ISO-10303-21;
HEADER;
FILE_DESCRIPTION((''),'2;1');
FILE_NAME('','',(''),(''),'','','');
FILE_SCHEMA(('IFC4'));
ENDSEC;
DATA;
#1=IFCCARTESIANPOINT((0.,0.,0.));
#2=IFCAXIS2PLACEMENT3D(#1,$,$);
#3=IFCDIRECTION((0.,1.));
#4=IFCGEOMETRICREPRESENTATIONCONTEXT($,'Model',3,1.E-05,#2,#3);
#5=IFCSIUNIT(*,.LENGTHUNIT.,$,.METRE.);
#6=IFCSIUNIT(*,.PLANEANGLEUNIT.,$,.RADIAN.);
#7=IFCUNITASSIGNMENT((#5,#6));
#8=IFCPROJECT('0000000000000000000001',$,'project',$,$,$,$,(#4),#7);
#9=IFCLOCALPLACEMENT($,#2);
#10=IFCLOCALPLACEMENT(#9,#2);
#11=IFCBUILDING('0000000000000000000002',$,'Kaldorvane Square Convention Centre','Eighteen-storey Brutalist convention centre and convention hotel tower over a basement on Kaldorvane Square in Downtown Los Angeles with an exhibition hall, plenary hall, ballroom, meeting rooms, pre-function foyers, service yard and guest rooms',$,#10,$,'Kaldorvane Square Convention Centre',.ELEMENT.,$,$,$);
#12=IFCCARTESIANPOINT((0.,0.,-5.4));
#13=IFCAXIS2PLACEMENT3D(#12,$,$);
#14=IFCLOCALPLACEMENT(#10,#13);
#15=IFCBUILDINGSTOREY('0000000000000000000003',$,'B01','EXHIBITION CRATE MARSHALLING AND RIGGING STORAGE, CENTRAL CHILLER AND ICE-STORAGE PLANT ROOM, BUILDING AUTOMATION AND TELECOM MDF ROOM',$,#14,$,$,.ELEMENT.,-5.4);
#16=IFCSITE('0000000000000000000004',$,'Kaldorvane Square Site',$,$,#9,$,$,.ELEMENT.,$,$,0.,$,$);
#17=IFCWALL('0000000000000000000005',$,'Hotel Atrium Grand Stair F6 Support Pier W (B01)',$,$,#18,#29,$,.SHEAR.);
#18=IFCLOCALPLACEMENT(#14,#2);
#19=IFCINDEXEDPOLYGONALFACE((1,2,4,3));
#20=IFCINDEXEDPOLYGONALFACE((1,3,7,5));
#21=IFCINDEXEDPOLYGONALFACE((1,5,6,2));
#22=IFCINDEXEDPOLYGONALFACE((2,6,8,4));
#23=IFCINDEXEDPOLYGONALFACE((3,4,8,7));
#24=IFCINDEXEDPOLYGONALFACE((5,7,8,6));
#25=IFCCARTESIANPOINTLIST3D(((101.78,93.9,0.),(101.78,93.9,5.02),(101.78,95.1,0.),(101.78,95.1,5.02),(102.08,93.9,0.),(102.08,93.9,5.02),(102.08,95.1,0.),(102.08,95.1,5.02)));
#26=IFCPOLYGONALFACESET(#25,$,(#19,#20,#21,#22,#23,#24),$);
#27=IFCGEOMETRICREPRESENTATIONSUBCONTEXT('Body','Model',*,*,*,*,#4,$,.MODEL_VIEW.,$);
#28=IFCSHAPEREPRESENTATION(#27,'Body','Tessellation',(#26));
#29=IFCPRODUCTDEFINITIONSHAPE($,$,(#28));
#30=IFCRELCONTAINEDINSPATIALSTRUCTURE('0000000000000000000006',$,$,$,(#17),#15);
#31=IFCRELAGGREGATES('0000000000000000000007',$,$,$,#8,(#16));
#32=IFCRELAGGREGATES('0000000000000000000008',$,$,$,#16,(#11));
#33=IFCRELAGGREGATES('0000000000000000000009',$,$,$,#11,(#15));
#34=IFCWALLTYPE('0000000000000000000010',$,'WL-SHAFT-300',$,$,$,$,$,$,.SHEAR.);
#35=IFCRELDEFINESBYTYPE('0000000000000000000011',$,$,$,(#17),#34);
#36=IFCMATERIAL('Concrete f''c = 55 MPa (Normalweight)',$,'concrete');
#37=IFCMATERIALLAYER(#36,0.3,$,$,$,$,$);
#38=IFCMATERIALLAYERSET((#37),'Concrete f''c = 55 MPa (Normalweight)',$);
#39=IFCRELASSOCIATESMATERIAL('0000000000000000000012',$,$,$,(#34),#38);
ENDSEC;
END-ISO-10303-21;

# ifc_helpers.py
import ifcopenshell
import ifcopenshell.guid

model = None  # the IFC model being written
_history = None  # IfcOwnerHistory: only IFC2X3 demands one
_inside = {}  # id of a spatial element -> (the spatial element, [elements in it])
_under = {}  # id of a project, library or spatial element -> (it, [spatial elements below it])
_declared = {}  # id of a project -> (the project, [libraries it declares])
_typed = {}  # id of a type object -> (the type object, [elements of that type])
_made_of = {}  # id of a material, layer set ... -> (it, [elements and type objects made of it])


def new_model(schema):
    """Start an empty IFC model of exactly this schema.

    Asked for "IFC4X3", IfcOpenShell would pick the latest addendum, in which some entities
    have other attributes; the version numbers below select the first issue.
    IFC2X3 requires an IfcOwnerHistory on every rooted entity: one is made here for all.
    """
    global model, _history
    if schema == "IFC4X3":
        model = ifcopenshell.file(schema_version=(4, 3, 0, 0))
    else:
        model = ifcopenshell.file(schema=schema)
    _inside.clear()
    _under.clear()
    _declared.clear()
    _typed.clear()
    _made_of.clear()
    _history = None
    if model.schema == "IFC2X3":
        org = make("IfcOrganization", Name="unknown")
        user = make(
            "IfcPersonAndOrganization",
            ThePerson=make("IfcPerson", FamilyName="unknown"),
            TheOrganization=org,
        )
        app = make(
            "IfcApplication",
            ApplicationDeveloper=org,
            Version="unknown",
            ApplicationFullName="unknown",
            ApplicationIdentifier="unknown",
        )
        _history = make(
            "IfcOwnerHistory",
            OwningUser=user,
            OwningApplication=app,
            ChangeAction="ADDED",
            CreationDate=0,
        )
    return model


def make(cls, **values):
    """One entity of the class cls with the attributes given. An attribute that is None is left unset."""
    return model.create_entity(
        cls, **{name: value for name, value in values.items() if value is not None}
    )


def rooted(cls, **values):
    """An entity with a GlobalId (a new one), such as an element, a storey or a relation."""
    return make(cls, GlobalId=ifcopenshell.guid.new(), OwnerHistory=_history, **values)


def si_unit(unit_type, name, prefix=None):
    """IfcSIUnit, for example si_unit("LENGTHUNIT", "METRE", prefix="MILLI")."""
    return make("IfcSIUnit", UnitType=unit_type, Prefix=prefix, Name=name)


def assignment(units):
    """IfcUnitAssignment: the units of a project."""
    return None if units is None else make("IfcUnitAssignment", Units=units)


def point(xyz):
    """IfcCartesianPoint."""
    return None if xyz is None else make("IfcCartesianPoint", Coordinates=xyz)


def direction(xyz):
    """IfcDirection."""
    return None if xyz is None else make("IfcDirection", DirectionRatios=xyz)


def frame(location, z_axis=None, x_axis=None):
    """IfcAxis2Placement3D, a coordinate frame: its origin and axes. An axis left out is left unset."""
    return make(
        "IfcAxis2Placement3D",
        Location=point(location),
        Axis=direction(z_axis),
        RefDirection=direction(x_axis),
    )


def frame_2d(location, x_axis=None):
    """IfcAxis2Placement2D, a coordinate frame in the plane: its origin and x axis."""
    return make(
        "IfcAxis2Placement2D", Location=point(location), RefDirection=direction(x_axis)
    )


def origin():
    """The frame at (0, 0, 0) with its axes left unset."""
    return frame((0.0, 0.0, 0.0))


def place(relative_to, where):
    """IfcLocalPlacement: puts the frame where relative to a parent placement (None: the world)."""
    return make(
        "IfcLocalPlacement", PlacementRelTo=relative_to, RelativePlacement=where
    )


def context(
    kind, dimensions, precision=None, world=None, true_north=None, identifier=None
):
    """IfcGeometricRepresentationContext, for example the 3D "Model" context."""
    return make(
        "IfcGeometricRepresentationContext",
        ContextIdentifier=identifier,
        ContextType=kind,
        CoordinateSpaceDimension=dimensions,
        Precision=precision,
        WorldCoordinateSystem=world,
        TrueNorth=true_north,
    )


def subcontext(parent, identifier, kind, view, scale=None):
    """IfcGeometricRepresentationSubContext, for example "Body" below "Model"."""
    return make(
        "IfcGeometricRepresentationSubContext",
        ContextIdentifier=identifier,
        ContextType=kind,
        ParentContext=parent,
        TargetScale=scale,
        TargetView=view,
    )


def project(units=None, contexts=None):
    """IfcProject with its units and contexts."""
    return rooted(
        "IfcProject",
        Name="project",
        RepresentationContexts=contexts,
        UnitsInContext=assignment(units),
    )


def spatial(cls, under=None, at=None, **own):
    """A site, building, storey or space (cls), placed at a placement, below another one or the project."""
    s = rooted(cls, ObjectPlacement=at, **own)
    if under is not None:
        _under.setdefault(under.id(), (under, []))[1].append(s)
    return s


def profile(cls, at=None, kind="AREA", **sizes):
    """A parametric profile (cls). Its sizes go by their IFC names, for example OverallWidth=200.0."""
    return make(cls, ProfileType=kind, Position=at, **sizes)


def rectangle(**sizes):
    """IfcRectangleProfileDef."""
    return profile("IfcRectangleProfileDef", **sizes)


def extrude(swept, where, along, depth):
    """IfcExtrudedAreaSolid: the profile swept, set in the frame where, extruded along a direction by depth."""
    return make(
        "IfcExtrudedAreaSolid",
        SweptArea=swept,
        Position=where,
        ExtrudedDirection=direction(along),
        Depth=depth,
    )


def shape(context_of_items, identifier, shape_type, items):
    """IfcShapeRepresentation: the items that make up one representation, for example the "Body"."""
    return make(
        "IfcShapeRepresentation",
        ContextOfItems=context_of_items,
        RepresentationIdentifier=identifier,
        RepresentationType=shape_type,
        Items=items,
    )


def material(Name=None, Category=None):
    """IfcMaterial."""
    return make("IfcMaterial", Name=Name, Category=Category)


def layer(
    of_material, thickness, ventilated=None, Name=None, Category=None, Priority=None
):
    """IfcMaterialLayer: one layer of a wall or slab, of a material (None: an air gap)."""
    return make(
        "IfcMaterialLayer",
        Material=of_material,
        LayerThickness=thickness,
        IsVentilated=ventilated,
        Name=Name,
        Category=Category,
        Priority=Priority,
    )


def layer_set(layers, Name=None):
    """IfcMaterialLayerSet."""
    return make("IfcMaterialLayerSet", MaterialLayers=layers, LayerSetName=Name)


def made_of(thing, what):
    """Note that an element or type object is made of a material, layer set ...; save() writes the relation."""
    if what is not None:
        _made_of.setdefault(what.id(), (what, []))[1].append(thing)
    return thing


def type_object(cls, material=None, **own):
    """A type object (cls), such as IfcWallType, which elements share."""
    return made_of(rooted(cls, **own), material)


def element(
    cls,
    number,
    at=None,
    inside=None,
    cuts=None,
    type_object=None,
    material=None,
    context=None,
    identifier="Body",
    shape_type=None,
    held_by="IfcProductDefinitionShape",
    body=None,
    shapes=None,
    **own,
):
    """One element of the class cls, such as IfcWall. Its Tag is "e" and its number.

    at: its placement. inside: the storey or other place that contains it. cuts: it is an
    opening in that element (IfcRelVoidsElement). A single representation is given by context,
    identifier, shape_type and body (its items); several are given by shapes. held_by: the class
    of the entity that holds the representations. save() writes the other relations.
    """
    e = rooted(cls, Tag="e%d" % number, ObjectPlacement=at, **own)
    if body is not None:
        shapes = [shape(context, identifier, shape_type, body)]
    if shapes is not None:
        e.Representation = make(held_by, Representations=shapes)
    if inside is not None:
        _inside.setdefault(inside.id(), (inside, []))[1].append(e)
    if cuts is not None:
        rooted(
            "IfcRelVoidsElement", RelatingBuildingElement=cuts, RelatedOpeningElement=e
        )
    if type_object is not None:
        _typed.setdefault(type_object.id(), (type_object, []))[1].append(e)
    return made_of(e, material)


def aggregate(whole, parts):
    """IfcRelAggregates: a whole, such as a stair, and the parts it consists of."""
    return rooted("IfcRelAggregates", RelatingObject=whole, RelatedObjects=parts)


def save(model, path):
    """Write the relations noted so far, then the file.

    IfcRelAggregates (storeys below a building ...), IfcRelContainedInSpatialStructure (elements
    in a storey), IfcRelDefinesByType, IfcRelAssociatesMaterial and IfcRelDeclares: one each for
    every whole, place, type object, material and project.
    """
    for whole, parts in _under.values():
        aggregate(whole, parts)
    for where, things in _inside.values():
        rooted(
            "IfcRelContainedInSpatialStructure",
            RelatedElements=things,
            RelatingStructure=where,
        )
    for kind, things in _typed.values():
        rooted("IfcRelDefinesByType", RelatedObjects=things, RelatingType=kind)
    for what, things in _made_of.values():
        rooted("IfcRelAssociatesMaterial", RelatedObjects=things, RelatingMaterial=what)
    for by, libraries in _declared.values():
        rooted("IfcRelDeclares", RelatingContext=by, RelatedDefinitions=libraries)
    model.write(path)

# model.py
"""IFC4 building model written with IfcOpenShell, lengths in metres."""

from ifc_helpers import new_model, si_unit, direction, frame, frame_2d, origin, place, context, subcontext, project, spatial, rectangle, extrude, material, layer, layer_set, type_object, element, save


model = new_model("IFC4")

# Units and contexts
model_context = context("Model", 3, precision=1e-05, world=origin(), true_north=direction((0.0, 1.0)))
body_context = subcontext(model_context, "Body", "Model", "MODEL_VIEW")
ifc_project = project(units=[si_unit("LENGTHUNIT", "METRE"), si_unit("PLANEANGLEUNIT", "RADIAN")], contexts=[model_context])

# Site, building, storey
site_placement = place(None, origin())
site = spatial("IfcSite", under=ifc_project, at=site_placement, Name="Kaldorvane Square Site", CompositionType="ELEMENT", RefElevation=0.0)
building_placement = place(site_placement, origin())
building = spatial("IfcBuilding", under=site, at=building_placement, Name="Kaldorvane Square Convention Centre", Description="Eighteen-storey Brutalist convention centre and convention hotel tower over a basement on Kaldorvane Square in Downtown Los Angeles with an exhibition hall, plenary hall, ballroom, meeting rooms, pre-function foyers, service yard and guest rooms", LongName="Kaldorvane Square Convention Centre", CompositionType="ELEMENT")
storey_placement = place(building_placement, frame((0.0, 0.0, -5.4)))
storey = spatial("IfcBuildingStorey", under=building, at=storey_placement, Name="B01", Description="EXHIBITION CRATE MARSHALLING AND RIGGING STORAGE, CENTRAL CHILLER AND ICE-STORAGE PLANT ROOM, BUILDING AUTOMATION AND TELECOM MDF ROOM", CompositionType="ELEMENT", Elevation=-5.4)

# Shared definitions
ifc_material_1 = material(Name="Concrete f'c = 55 MPa (Normalweight)", Category="concrete")

# Wall
ifc_layer = layer(ifc_material_1, 0.3)
ifc_layer_set = layer_set([ifc_layer], Name="Concrete f'c = 55 MPa (Normalweight)")
wall_type = type_object("IfcWallType", Name="WL-SHAFT-300", PredefinedType="SHEAR", material=ifc_layer_set)
wall_1_placement = place(storey_placement, frame((101.93, 93.9, 0.0), z_axis=(0.0, 0.0, 1.0), x_axis=(0.0, 1.0, 0.0)))
element("IfcWall", 1, at=wall_1_placement, inside=storey, type_object=wall_type, Name="Hotel Atrium Grand Stair F6 Support Pier W (B01)", PredefinedType="SHEAR", context=body_context, shape_type="SweptSolid", body=[
    extrude(rectangle(XDim=1.2, YDim=0.3, at=frame_2d((0.6, 0.0))), origin(), (0.0, 0.0, 1.0), 5.02),
])

save(model, "model.ifc")
